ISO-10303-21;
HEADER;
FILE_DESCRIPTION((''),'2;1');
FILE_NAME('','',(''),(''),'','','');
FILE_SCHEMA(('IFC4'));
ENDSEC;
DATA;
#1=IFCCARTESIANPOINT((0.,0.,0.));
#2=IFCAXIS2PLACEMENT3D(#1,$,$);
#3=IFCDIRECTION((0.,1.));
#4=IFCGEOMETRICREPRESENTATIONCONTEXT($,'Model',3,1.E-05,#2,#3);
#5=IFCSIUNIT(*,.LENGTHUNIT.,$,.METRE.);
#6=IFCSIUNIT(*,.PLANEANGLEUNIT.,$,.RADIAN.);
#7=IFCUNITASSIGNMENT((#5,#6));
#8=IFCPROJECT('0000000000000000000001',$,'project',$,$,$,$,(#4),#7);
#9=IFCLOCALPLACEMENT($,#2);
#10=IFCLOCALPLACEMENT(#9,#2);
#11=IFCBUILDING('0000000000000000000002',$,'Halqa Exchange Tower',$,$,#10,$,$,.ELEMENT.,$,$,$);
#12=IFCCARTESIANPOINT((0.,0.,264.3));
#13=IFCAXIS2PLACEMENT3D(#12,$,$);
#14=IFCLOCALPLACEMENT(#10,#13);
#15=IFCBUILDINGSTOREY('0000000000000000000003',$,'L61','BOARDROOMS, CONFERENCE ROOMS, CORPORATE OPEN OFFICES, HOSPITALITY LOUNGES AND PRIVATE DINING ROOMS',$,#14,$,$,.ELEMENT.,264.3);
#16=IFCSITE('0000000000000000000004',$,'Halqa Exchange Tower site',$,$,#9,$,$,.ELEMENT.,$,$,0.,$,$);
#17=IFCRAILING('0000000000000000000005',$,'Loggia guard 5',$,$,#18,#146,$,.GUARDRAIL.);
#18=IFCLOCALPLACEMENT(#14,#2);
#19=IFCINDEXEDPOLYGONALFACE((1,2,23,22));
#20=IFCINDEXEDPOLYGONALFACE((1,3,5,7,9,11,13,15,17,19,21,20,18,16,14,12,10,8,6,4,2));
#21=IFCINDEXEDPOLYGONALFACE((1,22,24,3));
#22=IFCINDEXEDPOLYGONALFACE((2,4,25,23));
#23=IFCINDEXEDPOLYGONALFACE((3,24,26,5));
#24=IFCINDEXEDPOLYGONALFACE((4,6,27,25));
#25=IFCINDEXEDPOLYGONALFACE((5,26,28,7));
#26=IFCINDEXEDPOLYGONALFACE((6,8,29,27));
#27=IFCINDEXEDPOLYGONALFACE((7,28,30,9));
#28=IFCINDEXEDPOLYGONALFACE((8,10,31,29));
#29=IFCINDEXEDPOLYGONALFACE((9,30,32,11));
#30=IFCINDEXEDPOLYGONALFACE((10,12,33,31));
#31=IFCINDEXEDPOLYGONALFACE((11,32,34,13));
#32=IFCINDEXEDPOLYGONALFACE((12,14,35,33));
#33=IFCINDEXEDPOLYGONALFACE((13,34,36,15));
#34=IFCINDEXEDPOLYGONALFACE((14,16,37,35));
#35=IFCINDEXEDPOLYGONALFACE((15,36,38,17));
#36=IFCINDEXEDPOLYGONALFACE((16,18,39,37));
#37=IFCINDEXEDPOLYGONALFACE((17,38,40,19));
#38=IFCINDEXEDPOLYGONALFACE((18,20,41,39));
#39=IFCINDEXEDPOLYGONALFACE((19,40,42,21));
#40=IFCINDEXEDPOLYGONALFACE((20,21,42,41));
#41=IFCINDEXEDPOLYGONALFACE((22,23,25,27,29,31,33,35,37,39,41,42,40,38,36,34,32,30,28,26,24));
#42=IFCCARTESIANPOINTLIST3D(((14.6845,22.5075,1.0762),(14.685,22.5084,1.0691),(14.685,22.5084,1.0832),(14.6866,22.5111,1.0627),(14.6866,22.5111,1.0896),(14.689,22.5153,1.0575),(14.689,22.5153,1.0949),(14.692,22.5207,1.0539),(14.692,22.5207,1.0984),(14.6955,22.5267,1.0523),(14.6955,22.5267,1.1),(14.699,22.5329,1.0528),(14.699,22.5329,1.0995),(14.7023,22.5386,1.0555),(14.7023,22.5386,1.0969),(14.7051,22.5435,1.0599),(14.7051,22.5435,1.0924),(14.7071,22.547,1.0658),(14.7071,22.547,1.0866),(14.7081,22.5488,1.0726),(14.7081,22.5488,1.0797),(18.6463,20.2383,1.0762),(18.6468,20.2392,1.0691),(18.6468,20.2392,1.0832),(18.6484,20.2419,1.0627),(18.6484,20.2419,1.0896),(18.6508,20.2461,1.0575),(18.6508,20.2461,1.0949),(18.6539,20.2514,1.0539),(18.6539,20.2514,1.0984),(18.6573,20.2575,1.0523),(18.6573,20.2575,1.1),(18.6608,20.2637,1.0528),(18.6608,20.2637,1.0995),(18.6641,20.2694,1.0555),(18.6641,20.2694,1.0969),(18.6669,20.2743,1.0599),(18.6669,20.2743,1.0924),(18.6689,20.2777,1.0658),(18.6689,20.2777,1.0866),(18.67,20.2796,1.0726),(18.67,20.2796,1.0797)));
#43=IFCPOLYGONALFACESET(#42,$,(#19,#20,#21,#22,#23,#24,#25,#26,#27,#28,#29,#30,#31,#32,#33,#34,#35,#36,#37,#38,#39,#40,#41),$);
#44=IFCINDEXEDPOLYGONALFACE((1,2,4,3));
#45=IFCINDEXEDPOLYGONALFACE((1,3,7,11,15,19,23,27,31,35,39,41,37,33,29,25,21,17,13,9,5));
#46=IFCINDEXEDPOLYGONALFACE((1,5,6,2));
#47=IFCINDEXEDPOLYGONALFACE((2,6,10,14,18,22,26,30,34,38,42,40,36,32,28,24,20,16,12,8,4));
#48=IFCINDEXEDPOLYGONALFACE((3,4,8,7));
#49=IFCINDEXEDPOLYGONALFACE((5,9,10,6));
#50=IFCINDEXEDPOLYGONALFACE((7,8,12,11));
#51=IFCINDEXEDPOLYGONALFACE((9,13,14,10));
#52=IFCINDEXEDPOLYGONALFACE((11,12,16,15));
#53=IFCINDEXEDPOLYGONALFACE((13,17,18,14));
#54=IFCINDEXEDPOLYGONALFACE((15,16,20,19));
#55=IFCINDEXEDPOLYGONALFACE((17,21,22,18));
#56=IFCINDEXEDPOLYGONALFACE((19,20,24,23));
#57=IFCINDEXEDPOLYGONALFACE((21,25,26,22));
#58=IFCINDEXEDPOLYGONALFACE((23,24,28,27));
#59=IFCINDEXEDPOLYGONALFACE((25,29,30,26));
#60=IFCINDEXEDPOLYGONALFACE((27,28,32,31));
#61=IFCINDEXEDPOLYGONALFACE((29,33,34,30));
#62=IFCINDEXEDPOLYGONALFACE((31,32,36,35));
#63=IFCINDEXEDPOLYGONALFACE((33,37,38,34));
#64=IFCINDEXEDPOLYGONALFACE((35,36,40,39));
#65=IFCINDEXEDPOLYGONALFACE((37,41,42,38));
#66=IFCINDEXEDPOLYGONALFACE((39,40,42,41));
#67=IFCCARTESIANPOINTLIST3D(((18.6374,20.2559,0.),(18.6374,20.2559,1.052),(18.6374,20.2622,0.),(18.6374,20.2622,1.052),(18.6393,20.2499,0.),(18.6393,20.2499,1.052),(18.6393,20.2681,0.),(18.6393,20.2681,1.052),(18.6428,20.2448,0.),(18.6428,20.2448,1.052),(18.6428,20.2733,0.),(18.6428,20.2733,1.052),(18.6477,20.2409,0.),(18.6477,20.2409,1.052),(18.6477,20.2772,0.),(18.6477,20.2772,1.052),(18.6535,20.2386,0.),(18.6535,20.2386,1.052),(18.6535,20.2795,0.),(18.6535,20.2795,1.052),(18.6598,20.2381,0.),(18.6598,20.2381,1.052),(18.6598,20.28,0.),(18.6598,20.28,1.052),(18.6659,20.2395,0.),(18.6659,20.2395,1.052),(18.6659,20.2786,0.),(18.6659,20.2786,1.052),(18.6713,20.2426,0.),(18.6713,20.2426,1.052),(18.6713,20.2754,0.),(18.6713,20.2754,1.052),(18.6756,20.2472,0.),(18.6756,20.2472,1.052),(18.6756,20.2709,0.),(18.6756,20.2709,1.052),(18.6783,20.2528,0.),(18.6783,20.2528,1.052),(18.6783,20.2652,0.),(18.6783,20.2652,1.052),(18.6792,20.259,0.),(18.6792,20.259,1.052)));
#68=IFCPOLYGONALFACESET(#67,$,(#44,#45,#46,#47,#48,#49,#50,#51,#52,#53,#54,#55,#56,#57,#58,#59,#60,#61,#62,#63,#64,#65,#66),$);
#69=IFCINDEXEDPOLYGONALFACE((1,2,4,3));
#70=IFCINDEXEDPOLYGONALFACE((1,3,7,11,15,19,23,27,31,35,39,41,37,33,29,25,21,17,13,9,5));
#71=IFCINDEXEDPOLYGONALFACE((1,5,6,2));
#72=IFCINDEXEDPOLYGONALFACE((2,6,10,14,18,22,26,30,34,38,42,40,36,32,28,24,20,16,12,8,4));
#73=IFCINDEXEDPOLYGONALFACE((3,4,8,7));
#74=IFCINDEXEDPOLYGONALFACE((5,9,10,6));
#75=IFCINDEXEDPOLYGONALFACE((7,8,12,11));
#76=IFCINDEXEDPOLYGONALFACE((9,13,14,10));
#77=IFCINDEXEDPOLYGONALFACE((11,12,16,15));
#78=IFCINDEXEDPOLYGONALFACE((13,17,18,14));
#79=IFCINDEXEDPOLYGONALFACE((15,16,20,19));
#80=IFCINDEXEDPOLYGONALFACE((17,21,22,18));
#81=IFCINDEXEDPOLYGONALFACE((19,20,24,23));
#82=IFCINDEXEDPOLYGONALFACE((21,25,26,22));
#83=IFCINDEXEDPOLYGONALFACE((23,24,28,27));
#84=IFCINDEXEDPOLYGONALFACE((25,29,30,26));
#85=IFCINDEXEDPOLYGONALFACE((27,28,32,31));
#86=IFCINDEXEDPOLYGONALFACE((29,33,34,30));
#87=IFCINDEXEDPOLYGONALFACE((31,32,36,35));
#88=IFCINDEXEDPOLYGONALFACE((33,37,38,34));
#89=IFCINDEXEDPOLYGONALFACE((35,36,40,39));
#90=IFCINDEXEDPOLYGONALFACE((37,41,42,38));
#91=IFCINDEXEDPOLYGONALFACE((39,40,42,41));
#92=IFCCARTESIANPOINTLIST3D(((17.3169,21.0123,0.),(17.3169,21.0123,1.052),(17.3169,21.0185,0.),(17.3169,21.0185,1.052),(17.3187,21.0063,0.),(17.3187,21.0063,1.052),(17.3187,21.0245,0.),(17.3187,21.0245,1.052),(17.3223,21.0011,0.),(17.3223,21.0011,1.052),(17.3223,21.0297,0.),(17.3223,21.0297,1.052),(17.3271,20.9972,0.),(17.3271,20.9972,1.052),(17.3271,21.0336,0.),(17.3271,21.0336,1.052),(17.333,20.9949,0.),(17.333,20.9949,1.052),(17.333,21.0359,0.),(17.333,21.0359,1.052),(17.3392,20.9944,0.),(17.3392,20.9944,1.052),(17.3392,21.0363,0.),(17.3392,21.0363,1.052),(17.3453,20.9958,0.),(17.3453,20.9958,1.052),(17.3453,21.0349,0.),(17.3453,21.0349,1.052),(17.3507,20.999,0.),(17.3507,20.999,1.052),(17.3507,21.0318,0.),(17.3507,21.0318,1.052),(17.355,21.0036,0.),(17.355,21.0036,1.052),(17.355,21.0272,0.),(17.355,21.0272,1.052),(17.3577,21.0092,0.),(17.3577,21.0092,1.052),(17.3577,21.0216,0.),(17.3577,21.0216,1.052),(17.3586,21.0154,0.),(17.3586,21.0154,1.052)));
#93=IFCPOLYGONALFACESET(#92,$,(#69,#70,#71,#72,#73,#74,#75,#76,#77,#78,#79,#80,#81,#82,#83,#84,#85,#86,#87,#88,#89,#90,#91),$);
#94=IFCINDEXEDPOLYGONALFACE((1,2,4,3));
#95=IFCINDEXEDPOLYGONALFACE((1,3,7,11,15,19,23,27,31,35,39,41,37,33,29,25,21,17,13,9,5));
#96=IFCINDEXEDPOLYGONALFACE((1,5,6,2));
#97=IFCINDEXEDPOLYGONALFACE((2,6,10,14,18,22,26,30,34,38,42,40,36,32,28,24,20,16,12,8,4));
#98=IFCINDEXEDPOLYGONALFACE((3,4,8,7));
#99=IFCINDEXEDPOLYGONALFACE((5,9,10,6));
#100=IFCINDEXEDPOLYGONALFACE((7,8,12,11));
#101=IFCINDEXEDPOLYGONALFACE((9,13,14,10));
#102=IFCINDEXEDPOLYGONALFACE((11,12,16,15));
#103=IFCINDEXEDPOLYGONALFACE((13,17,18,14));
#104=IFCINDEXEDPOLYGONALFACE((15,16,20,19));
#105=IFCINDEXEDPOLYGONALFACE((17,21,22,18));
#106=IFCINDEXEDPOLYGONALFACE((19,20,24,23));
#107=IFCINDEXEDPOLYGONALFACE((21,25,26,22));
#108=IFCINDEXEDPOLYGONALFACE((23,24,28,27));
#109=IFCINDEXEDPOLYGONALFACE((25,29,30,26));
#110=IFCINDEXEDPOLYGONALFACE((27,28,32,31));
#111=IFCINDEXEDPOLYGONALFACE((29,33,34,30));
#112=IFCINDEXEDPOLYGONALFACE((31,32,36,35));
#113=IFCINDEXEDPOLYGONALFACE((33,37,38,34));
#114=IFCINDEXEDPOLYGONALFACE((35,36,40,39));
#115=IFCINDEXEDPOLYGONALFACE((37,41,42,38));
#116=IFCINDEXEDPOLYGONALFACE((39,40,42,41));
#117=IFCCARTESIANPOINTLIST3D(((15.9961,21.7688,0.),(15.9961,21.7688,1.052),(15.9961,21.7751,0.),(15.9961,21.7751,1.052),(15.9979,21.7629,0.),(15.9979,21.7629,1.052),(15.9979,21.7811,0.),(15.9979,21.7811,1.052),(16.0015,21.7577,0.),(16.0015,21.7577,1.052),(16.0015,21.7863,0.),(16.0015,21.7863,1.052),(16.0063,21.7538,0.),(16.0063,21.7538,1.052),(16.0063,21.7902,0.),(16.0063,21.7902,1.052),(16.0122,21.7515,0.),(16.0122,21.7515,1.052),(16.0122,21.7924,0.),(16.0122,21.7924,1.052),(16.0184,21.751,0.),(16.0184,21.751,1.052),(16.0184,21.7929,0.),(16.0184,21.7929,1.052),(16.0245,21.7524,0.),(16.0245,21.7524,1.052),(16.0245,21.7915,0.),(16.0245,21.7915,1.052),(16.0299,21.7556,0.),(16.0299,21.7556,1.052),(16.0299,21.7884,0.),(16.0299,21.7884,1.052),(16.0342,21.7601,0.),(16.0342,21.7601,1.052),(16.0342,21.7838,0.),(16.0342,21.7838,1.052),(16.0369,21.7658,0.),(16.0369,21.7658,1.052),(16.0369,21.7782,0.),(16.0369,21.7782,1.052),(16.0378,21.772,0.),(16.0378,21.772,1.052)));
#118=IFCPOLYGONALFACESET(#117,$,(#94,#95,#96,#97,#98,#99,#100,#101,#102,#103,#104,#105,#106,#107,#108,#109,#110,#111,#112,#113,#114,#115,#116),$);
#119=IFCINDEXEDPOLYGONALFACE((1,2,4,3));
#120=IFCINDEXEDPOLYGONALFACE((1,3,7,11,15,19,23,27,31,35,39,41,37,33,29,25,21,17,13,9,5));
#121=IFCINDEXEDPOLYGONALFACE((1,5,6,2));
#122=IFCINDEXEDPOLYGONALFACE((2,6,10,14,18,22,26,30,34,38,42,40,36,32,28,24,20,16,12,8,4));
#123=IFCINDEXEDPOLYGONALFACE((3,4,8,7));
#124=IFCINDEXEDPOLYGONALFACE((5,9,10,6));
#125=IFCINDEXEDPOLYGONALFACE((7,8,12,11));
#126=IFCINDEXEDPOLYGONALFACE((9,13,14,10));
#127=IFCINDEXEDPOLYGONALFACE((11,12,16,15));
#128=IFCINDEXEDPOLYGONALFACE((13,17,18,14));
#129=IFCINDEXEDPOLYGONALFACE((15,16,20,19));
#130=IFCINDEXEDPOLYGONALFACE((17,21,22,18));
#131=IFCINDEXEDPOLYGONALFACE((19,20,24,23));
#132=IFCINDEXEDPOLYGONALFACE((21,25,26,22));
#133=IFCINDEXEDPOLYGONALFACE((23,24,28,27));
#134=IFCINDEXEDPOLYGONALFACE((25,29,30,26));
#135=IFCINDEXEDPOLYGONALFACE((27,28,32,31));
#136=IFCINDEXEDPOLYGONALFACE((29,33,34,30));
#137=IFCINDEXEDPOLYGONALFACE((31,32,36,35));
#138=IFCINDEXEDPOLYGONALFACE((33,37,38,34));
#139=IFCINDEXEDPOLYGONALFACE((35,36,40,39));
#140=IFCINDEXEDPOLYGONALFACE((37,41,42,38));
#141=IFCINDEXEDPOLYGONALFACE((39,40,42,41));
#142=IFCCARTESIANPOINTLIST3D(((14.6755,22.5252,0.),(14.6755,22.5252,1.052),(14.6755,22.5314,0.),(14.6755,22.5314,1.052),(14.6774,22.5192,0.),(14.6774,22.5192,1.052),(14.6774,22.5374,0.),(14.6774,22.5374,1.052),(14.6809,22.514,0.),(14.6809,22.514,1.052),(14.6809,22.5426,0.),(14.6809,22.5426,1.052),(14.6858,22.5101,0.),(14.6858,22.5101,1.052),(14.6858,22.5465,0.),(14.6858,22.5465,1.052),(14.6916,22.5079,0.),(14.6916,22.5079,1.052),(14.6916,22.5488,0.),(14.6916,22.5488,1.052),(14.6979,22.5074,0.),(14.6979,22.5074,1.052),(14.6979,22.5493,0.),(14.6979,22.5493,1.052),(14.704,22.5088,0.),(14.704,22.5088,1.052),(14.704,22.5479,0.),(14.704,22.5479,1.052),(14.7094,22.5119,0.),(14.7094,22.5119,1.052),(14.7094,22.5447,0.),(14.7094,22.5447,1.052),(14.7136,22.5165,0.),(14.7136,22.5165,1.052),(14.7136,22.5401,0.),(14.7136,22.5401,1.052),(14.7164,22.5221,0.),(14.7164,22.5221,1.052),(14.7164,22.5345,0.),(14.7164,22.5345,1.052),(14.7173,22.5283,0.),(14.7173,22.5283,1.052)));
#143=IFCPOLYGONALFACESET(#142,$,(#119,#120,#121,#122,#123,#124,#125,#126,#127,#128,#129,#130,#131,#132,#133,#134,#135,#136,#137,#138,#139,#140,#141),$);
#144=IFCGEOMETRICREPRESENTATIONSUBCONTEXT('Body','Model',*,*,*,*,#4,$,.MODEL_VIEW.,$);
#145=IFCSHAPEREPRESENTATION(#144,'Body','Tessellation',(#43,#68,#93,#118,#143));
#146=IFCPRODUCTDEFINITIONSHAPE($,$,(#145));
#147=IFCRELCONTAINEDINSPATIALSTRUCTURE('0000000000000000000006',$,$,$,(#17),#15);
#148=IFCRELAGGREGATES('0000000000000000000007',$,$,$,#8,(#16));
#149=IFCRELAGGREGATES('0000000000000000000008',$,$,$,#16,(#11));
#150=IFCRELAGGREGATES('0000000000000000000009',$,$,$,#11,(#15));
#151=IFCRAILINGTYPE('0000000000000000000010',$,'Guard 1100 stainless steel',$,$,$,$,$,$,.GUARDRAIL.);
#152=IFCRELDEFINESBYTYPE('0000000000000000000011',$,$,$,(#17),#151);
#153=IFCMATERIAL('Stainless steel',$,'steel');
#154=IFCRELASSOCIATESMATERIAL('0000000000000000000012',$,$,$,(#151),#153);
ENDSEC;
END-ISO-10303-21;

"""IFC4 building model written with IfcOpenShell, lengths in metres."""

from ifc_helpers import new_model, si_unit, direction, frame, origin, origin_2d, place, context, subcontext, project, spatial, circle, extrude, material, type_object, element, save


model = new_model("IFC4")

# Units and contexts
model_context = context("Model", 3, precision=1e-05, world=origin(), true_north=direction((0.0, 1.0)))
body_context = subcontext(model_context, "Body", "Model", "MODEL_VIEW")
ifc_project = project(units=[si_unit("LENGTHUNIT", "METRE"), si_unit("PLANEANGLEUNIT", "RADIAN")], contexts=[model_context])

# Site, building, storey
site_placement = place(None, origin())
site = spatial("IfcSite", under=ifc_project, at=site_placement, Name="Halqa Exchange Tower site", CompositionType="ELEMENT", RefElevation=0.0)
building_placement = place(site_placement, origin())
building = spatial("IfcBuilding", under=site, at=building_placement, Name="Halqa Exchange Tower", CompositionType="ELEMENT")
storey_placement = place(building_placement, frame((0.0, 0.0, 264.3)))
storey = spatial("IfcBuildingStorey", under=building, at=storey_placement, Name="L61", Description="BOARDROOMS, CONFERENCE ROOMS, CORPORATE OPEN OFFICES, HOSPITALITY LOUNGES AND PRIVATE DINING ROOMS", CompositionType="ELEMENT", Elevation=264.3)

# Railing
ifc_material_1 = material(Name="Stainless steel", Category="steel")
railing_type = type_object("IfcRailingType", Name="Guard 1100 stainless steel", PredefinedType="GUARDRAIL", material=ifc_material_1)
railing_1_placement = place(storey_placement, frame((18.6582, 20.259, 0.0)))
element("IfcRailing", 1, at=railing_1_placement, inside=storey, type_object=railing_type, Name="Loggia guard 5", PredefinedType="GUARDRAIL", context=body_context, shape_type="SweptSolid", body=[
    extrude(circle(Radius=0.0239, at=origin_2d()), frame((0.0, 0.0, 1.0762), z_axis=(-0.867739, 0.49702, 0.0), x_axis=(-0.49702, -0.867739, 0.0)), (0.0, 0.0, 1.0), 4.5657),
    extrude(circle(Radius=0.021, at=origin_2d()), origin(), (0.0, 0.0, 1.0), 1.052),
    extrude(circle(Radius=0.021, at=origin_2d()), frame((-1.3206, 0.7563, 0.0)), (0.0, 0.0, 1.0), 1.052),
    extrude(circle(Radius=0.021, at=origin_2d()), frame((-2.6414, 1.5129, 0.0)), (0.0, 0.0, 1.0), 1.052),
    extrude(circle(Radius=0.021, at=origin_2d()), frame((-3.9619, 2.2693, 0.0)), (0.0, 0.0, 1.0), 1.052),
])

save(model, "model.ifc")
